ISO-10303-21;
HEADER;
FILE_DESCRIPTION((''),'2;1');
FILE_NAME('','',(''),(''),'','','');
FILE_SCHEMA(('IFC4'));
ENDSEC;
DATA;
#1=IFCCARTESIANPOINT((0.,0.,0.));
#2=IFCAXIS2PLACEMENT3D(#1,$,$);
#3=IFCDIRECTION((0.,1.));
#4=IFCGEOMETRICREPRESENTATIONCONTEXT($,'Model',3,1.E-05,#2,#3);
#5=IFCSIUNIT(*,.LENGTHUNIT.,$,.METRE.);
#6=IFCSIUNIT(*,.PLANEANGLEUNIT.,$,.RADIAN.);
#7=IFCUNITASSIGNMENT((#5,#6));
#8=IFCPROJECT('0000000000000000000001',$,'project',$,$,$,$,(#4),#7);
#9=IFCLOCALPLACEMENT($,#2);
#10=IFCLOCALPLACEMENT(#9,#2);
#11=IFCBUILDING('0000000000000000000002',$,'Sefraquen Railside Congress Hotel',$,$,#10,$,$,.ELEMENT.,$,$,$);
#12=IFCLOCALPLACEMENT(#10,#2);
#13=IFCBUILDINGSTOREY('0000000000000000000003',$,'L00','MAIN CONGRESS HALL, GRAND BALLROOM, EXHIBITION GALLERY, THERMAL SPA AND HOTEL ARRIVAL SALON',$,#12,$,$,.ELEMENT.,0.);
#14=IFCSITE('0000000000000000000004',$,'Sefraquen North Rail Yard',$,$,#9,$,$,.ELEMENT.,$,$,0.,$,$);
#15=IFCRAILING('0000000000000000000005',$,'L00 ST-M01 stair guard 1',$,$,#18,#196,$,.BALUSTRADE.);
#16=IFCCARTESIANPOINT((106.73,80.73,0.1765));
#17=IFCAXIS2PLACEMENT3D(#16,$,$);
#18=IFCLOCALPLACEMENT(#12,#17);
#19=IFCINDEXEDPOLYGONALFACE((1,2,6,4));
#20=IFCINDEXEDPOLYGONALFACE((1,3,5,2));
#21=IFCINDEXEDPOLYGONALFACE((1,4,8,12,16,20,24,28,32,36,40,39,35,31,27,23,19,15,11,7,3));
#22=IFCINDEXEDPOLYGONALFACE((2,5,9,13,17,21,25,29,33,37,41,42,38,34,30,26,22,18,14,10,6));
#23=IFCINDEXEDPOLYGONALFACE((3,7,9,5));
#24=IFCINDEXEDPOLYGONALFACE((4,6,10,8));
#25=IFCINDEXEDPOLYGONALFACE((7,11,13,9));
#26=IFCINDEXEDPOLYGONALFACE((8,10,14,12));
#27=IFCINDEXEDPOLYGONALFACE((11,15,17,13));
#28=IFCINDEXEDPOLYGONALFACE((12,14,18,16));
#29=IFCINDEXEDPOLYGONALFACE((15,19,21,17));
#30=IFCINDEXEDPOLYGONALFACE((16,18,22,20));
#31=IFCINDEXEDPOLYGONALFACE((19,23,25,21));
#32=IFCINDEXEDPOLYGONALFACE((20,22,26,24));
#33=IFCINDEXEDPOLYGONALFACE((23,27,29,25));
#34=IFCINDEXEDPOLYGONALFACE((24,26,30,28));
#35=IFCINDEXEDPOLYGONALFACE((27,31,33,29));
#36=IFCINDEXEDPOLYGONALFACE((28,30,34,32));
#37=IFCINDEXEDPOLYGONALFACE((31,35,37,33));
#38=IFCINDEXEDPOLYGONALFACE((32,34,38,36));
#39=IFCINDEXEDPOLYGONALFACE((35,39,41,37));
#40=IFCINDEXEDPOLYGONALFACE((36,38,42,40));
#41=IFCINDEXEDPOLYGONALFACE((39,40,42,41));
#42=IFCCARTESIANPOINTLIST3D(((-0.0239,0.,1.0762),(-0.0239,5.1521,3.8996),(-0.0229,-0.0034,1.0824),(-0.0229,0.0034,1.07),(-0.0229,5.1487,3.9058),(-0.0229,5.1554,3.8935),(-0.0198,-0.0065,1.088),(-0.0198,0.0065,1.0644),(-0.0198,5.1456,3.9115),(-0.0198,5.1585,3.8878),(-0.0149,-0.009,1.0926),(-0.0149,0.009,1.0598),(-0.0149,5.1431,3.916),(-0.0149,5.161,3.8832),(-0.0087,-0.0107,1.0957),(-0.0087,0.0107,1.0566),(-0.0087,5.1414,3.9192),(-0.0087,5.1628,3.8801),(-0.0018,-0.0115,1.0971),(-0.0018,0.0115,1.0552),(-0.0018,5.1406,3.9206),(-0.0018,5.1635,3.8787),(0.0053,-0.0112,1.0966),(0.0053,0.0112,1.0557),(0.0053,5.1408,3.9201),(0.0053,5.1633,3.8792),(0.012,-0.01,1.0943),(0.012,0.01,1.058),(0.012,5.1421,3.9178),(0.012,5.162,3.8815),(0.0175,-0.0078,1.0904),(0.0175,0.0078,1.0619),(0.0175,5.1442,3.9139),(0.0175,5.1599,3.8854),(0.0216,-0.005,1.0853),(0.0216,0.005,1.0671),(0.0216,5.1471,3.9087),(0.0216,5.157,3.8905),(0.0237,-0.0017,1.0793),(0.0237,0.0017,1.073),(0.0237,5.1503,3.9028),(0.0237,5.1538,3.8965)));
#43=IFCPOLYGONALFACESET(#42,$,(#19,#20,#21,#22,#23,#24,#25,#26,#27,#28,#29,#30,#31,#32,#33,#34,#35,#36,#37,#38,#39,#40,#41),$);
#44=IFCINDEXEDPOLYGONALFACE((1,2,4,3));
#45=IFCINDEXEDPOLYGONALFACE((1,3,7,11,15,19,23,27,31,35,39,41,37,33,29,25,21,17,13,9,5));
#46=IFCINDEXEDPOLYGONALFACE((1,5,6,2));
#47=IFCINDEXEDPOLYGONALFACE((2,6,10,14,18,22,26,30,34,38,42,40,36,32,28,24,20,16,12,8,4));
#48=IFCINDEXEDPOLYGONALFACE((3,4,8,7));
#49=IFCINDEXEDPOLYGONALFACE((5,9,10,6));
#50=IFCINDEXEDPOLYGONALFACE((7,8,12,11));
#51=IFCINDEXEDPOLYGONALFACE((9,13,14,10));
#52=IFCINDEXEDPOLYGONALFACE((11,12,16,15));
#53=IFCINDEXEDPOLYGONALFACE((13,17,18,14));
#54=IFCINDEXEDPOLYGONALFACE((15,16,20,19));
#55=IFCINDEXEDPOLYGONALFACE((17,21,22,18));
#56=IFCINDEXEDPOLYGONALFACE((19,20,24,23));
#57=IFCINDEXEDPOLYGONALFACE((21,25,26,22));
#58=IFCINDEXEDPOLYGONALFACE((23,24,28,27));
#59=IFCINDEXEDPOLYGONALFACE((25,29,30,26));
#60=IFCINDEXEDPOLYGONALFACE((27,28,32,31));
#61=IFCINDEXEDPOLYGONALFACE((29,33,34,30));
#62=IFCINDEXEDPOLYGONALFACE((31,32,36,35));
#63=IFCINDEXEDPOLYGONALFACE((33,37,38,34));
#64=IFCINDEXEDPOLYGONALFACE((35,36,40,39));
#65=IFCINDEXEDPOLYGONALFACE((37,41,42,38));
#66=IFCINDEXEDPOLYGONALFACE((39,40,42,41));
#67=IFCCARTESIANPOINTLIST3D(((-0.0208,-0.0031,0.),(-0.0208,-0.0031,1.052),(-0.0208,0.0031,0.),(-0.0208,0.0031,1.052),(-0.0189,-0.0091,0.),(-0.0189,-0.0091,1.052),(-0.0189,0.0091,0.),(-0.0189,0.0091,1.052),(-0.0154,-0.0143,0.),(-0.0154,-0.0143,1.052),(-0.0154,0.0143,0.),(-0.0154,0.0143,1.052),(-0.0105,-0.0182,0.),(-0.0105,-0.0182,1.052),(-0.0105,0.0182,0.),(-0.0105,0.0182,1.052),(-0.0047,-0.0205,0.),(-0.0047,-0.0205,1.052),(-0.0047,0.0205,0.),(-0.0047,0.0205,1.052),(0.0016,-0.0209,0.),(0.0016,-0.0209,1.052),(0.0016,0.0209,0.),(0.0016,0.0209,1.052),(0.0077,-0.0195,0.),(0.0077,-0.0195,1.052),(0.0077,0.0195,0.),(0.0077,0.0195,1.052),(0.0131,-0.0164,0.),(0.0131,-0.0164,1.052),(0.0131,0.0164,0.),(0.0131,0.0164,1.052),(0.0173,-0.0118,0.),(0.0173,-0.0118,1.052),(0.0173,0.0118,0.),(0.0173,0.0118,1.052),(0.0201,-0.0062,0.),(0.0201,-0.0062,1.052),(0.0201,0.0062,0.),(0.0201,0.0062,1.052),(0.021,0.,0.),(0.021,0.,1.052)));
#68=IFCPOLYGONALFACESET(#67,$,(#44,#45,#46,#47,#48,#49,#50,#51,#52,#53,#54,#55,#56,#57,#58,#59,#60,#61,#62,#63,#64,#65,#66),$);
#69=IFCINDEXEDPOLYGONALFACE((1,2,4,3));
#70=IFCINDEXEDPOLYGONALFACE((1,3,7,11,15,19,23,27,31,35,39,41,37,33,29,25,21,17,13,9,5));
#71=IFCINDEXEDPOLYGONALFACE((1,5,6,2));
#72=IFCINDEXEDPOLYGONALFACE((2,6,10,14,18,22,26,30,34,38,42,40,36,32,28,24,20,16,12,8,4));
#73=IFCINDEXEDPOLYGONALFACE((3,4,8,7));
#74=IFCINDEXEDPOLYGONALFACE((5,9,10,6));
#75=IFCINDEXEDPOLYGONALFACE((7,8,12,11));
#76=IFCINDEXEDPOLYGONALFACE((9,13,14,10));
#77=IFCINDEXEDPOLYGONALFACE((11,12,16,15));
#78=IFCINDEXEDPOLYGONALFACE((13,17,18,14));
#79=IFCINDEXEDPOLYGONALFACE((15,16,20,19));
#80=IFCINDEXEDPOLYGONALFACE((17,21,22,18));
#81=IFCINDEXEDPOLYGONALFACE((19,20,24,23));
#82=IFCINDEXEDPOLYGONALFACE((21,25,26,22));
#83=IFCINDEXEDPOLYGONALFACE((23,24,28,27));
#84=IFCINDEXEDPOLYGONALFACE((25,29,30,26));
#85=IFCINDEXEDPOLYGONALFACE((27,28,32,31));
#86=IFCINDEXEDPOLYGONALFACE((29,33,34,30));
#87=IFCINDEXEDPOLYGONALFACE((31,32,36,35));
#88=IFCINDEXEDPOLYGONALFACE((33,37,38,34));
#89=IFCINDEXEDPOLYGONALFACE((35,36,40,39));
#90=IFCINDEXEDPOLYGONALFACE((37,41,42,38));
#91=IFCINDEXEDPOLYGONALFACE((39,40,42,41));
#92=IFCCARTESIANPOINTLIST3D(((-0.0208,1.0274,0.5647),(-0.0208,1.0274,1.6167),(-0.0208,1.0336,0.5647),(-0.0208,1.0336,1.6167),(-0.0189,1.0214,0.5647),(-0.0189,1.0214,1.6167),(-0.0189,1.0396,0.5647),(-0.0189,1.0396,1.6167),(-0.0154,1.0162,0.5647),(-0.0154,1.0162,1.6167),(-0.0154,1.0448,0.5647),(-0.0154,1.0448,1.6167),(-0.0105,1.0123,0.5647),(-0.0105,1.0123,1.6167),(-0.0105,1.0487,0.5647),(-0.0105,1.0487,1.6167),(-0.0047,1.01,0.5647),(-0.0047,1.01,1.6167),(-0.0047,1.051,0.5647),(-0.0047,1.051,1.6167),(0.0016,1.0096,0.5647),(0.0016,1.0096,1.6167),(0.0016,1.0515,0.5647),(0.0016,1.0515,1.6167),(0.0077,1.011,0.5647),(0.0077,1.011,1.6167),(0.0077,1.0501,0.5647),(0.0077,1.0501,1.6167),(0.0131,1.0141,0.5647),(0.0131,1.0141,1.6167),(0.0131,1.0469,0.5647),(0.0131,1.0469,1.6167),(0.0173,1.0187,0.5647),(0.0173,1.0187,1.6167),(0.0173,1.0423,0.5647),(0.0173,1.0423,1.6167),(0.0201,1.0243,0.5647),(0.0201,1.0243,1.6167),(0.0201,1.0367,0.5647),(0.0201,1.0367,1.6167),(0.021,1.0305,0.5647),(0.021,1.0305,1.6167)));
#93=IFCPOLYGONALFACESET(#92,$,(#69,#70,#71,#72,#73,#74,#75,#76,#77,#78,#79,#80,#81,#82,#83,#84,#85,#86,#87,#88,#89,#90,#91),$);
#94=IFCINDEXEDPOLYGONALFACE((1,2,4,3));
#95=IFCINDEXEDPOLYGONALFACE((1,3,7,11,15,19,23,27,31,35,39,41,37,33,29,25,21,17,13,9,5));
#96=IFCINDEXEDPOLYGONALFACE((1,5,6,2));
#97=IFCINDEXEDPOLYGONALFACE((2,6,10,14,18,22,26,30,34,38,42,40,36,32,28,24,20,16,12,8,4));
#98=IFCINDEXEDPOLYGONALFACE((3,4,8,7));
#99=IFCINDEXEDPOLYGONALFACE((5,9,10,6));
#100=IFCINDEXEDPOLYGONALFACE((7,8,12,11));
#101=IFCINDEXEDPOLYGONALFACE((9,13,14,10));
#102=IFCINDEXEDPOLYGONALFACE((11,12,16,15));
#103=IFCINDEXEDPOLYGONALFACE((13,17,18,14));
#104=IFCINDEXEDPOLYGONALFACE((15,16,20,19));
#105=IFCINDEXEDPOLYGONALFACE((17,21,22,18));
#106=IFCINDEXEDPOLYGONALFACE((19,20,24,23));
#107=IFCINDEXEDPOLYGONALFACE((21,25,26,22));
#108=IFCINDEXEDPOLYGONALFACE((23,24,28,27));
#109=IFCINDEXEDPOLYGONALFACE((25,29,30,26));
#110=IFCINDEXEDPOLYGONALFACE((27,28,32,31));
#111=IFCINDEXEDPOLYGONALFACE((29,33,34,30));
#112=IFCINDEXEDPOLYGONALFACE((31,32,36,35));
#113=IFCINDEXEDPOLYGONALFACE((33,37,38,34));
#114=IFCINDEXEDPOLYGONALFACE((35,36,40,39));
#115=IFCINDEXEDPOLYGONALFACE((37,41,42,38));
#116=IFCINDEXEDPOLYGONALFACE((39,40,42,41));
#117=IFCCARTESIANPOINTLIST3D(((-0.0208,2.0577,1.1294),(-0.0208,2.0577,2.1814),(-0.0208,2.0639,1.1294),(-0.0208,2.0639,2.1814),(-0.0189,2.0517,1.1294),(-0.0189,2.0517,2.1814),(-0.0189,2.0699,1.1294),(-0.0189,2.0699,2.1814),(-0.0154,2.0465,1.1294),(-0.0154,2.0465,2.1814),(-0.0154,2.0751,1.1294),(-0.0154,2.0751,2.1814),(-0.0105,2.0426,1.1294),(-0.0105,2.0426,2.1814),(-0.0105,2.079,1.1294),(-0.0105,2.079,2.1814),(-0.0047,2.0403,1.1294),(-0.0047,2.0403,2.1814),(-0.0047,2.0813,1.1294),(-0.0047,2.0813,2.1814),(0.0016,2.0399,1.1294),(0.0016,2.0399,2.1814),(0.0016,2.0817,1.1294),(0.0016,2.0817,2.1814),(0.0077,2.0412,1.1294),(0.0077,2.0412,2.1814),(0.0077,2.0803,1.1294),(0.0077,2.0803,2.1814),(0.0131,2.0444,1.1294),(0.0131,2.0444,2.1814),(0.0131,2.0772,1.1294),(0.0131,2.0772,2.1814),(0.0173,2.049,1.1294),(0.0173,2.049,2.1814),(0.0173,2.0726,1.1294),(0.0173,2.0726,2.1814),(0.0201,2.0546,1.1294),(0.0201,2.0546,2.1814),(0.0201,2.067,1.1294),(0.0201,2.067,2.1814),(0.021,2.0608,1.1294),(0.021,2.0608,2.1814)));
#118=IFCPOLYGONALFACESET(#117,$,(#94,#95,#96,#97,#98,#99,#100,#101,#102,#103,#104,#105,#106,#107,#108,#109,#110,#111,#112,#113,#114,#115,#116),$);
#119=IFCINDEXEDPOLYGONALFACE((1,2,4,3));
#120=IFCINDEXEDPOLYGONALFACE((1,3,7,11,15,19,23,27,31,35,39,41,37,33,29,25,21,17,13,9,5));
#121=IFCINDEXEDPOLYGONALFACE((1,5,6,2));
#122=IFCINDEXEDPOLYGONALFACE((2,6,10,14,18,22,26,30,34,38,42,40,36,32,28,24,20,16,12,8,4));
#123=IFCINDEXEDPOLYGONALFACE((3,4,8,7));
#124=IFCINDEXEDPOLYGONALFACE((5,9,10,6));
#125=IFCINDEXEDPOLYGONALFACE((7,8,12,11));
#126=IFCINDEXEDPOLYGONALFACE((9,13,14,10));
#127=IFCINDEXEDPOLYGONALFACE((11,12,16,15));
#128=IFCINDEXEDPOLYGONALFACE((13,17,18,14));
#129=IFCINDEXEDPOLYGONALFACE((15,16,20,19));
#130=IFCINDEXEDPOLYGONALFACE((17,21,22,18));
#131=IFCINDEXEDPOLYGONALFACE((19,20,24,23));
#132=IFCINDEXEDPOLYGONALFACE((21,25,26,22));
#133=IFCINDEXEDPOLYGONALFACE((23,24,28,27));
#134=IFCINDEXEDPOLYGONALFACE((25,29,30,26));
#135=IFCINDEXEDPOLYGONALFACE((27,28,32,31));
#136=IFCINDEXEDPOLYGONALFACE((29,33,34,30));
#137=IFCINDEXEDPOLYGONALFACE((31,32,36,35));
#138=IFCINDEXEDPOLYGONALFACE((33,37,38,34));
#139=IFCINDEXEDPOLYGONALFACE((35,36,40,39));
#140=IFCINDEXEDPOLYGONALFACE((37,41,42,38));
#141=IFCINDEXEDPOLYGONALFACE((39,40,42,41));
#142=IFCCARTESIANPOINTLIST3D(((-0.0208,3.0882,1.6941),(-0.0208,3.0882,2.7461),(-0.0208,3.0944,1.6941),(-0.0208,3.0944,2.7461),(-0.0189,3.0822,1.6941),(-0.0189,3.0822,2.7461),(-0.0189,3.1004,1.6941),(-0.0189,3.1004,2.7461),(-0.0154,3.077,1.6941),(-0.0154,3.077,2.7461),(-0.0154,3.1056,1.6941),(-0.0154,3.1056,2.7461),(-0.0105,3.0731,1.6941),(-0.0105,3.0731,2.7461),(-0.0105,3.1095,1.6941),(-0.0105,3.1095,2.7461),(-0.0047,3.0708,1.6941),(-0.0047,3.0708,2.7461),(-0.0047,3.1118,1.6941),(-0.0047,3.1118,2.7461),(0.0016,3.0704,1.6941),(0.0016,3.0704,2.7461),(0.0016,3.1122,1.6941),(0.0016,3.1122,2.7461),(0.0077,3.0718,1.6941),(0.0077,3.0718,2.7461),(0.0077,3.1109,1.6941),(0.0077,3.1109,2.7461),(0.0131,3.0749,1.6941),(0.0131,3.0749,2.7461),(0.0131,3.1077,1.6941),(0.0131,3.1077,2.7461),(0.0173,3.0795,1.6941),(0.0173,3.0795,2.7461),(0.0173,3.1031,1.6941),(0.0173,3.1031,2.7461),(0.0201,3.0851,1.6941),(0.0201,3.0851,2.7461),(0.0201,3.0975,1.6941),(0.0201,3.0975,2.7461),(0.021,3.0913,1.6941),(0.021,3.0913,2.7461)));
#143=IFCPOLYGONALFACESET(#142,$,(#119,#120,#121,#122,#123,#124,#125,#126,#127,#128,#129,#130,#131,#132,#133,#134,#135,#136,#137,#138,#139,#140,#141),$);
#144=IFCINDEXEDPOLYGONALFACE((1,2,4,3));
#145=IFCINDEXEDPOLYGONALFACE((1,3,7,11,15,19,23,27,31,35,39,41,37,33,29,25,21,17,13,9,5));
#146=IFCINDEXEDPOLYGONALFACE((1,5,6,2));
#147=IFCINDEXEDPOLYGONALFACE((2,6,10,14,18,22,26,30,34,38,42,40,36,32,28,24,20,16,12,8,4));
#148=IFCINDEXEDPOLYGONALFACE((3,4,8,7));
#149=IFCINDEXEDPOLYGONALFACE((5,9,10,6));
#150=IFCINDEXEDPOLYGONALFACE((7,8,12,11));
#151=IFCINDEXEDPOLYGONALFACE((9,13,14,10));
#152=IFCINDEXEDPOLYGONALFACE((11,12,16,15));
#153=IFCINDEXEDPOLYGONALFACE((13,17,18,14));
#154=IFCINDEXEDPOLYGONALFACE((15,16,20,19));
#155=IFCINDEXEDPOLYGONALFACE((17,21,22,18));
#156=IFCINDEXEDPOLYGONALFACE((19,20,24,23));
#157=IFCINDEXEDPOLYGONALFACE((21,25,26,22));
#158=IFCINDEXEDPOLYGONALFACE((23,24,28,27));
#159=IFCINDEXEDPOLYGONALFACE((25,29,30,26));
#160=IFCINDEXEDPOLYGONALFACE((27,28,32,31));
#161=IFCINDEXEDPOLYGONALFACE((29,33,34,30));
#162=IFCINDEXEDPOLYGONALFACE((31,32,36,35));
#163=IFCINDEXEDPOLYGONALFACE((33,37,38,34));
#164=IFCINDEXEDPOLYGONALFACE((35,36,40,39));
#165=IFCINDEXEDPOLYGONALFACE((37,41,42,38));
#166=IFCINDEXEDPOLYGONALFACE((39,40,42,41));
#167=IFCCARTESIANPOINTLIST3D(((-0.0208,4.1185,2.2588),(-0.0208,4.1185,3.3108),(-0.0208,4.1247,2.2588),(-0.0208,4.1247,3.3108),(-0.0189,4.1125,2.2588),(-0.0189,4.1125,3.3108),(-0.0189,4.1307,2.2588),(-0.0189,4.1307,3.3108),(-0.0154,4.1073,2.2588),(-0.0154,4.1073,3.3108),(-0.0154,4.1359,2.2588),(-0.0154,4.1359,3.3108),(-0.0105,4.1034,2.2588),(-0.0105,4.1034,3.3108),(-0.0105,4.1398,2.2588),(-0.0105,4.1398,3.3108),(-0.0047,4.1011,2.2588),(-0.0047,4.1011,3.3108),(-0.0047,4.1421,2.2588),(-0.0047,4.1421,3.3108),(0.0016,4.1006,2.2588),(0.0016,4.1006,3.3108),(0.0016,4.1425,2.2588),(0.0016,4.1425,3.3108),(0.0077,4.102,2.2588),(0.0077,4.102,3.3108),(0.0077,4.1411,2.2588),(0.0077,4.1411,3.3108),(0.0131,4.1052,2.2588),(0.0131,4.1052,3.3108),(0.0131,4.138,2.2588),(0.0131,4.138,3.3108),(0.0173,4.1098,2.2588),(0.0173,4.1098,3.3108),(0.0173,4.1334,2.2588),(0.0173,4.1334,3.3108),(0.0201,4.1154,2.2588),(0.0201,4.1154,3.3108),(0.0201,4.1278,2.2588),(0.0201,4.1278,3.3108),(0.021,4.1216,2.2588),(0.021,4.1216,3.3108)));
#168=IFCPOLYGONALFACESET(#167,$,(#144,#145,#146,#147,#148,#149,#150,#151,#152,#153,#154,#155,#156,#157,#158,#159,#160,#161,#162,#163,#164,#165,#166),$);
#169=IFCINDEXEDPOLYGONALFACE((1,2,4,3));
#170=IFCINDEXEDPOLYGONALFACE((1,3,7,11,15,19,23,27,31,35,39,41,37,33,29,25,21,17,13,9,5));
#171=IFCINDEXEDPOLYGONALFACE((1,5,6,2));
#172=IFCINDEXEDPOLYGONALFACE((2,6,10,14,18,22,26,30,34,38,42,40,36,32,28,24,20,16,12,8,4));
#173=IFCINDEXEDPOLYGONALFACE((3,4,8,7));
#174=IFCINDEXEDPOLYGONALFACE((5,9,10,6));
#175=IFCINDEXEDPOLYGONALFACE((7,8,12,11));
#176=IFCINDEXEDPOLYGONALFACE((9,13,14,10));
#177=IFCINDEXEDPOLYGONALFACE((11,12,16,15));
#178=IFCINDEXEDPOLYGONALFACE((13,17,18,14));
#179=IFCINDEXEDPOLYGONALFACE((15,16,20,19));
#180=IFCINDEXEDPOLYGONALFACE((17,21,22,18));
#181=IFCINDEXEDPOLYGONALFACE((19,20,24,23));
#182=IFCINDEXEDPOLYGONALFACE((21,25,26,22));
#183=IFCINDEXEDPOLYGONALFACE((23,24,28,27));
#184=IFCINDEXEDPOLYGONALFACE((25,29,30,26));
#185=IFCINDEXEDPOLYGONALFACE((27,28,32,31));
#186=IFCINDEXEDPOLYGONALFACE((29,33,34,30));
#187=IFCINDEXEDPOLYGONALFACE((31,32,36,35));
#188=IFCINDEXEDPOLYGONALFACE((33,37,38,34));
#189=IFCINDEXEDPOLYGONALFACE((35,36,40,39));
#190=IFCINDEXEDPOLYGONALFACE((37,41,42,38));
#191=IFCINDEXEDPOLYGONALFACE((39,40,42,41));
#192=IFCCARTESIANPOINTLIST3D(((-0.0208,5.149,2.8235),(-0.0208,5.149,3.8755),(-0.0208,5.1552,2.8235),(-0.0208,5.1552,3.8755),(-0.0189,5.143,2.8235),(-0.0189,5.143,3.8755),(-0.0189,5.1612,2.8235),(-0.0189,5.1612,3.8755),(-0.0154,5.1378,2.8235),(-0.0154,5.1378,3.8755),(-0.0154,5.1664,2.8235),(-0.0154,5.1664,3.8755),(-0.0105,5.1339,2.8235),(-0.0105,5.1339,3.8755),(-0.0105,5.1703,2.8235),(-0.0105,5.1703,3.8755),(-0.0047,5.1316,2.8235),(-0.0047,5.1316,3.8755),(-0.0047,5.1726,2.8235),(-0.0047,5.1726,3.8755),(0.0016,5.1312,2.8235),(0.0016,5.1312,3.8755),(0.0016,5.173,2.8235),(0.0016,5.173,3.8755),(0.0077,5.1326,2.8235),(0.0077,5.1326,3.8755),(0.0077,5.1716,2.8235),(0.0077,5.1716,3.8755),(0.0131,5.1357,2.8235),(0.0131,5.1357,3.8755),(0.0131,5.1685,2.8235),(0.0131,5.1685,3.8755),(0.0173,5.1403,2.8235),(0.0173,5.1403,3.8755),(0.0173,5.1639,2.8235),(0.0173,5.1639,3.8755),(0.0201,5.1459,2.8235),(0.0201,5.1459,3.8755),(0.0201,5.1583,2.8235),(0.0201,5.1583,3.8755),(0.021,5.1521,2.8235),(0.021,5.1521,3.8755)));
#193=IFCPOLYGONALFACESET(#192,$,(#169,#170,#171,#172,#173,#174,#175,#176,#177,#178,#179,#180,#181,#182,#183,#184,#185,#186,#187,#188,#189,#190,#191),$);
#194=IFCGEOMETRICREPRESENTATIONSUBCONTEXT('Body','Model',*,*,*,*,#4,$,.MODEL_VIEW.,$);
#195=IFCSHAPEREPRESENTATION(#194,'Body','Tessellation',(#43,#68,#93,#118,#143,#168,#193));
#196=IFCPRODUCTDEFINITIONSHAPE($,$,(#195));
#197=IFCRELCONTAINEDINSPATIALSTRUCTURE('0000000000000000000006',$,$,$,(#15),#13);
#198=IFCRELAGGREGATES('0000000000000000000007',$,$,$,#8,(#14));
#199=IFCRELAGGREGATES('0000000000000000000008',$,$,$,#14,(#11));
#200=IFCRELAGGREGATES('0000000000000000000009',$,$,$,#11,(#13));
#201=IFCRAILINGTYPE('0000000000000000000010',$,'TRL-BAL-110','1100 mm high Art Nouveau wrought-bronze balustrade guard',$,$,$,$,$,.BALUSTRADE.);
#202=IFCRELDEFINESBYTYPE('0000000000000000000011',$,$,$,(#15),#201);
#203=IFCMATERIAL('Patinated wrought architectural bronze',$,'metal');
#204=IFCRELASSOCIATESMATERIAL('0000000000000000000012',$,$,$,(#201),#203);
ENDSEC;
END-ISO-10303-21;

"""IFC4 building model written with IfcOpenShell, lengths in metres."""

from ifc_helpers import new_model, si_unit, direction, frame, origin, origin_2d, place, context, subcontext, project, spatial, circle, extrude, material, type_object, element, save


model = new_model("IFC4")

# Units and contexts
model_context = context("Model", 3, precision=1e-05, world=origin(), true_north=direction((0.0, 1.0)))
body_context = subcontext(model_context, "Body", "Model", "MODEL_VIEW")
ifc_project = project(units=[si_unit("LENGTHUNIT", "METRE"), si_unit("PLANEANGLEUNIT", "RADIAN")], contexts=[model_context])

# Site, building, storey
site_placement = place(None, origin())
site = spatial("IfcSite", under=ifc_project, at=site_placement, Name="Sefraquen North Rail Yard", CompositionType="ELEMENT", RefElevation=0.0)
building_placement = place(site_placement, origin())
building = spatial("IfcBuilding", under=site, at=building_placement, Name="Sefraquen Railside Congress Hotel", CompositionType="ELEMENT")
storey_placement = place(building_placement, origin())
storey = spatial("IfcBuildingStorey", under=building, at=storey_placement, Name="L00", Description="MAIN CONGRESS HALL, GRAND BALLROOM, EXHIBITION GALLERY, THERMAL SPA AND HOTEL ARRIVAL SALON", CompositionType="ELEMENT", Elevation=0.0)

# Railing
ifc_material_1 = material(Name="Patinated wrought architectural bronze", Category="metal")
railing_type_1 = type_object("IfcRailingType", Name="TRL-BAL-110", Description="1100 mm high Art Nouveau wrought-bronze balustrade guard", PredefinedType="BALUSTRADE", material=ifc_material_1)
railing_1_placement = place(storey_placement, frame((106.73, 80.73, 0.1765)))
element("IfcRailing", 1, at=railing_1_placement, inside=storey, type_object=railing_type_1, Name="L00 ST-M01 stair guard 1", PredefinedType="BALUSTRADE", context=body_context, shape_type="SweptSolid", body=[
    extrude(circle(Radius=0.0239, at=origin_2d()), frame((0.0, 0.0, 1.0762), z_axis=(0.0, 0.876946, 0.480589), x_axis=(-1.0, 0.0, 0.0)), (0.0, 0.0, 1.0), 5.875),
    extrude(circle(Radius=0.021, at=origin_2d()), origin(), (0.0, 0.0, 1.0), 1.052),
    extrude(circle(Radius=0.021, at=origin_2d()), frame((0.0, 1.0305, 0.5647)), (0.0, 0.0, 1.0), 1.052),
    extrude(circle(Radius=0.021, at=origin_2d()), frame((0.0, 2.0608, 1.1294)), (0.0, 0.0, 1.0), 1.052),
    extrude(circle(Radius=0.021, at=origin_2d()), frame((0.0, 3.0913, 1.6941)), (0.0, 0.0, 1.0), 1.052),
    extrude(circle(Radius=0.021, at=origin_2d()), frame((0.0, 4.1216, 2.2588)), (0.0, 0.0, 1.0), 1.052),
    extrude(circle(Radius=0.021, at=origin_2d()), frame((0.0, 5.1521, 2.8235)), (0.0, 0.0, 1.0), 1.052),
])

save(model, "model.ifc")
